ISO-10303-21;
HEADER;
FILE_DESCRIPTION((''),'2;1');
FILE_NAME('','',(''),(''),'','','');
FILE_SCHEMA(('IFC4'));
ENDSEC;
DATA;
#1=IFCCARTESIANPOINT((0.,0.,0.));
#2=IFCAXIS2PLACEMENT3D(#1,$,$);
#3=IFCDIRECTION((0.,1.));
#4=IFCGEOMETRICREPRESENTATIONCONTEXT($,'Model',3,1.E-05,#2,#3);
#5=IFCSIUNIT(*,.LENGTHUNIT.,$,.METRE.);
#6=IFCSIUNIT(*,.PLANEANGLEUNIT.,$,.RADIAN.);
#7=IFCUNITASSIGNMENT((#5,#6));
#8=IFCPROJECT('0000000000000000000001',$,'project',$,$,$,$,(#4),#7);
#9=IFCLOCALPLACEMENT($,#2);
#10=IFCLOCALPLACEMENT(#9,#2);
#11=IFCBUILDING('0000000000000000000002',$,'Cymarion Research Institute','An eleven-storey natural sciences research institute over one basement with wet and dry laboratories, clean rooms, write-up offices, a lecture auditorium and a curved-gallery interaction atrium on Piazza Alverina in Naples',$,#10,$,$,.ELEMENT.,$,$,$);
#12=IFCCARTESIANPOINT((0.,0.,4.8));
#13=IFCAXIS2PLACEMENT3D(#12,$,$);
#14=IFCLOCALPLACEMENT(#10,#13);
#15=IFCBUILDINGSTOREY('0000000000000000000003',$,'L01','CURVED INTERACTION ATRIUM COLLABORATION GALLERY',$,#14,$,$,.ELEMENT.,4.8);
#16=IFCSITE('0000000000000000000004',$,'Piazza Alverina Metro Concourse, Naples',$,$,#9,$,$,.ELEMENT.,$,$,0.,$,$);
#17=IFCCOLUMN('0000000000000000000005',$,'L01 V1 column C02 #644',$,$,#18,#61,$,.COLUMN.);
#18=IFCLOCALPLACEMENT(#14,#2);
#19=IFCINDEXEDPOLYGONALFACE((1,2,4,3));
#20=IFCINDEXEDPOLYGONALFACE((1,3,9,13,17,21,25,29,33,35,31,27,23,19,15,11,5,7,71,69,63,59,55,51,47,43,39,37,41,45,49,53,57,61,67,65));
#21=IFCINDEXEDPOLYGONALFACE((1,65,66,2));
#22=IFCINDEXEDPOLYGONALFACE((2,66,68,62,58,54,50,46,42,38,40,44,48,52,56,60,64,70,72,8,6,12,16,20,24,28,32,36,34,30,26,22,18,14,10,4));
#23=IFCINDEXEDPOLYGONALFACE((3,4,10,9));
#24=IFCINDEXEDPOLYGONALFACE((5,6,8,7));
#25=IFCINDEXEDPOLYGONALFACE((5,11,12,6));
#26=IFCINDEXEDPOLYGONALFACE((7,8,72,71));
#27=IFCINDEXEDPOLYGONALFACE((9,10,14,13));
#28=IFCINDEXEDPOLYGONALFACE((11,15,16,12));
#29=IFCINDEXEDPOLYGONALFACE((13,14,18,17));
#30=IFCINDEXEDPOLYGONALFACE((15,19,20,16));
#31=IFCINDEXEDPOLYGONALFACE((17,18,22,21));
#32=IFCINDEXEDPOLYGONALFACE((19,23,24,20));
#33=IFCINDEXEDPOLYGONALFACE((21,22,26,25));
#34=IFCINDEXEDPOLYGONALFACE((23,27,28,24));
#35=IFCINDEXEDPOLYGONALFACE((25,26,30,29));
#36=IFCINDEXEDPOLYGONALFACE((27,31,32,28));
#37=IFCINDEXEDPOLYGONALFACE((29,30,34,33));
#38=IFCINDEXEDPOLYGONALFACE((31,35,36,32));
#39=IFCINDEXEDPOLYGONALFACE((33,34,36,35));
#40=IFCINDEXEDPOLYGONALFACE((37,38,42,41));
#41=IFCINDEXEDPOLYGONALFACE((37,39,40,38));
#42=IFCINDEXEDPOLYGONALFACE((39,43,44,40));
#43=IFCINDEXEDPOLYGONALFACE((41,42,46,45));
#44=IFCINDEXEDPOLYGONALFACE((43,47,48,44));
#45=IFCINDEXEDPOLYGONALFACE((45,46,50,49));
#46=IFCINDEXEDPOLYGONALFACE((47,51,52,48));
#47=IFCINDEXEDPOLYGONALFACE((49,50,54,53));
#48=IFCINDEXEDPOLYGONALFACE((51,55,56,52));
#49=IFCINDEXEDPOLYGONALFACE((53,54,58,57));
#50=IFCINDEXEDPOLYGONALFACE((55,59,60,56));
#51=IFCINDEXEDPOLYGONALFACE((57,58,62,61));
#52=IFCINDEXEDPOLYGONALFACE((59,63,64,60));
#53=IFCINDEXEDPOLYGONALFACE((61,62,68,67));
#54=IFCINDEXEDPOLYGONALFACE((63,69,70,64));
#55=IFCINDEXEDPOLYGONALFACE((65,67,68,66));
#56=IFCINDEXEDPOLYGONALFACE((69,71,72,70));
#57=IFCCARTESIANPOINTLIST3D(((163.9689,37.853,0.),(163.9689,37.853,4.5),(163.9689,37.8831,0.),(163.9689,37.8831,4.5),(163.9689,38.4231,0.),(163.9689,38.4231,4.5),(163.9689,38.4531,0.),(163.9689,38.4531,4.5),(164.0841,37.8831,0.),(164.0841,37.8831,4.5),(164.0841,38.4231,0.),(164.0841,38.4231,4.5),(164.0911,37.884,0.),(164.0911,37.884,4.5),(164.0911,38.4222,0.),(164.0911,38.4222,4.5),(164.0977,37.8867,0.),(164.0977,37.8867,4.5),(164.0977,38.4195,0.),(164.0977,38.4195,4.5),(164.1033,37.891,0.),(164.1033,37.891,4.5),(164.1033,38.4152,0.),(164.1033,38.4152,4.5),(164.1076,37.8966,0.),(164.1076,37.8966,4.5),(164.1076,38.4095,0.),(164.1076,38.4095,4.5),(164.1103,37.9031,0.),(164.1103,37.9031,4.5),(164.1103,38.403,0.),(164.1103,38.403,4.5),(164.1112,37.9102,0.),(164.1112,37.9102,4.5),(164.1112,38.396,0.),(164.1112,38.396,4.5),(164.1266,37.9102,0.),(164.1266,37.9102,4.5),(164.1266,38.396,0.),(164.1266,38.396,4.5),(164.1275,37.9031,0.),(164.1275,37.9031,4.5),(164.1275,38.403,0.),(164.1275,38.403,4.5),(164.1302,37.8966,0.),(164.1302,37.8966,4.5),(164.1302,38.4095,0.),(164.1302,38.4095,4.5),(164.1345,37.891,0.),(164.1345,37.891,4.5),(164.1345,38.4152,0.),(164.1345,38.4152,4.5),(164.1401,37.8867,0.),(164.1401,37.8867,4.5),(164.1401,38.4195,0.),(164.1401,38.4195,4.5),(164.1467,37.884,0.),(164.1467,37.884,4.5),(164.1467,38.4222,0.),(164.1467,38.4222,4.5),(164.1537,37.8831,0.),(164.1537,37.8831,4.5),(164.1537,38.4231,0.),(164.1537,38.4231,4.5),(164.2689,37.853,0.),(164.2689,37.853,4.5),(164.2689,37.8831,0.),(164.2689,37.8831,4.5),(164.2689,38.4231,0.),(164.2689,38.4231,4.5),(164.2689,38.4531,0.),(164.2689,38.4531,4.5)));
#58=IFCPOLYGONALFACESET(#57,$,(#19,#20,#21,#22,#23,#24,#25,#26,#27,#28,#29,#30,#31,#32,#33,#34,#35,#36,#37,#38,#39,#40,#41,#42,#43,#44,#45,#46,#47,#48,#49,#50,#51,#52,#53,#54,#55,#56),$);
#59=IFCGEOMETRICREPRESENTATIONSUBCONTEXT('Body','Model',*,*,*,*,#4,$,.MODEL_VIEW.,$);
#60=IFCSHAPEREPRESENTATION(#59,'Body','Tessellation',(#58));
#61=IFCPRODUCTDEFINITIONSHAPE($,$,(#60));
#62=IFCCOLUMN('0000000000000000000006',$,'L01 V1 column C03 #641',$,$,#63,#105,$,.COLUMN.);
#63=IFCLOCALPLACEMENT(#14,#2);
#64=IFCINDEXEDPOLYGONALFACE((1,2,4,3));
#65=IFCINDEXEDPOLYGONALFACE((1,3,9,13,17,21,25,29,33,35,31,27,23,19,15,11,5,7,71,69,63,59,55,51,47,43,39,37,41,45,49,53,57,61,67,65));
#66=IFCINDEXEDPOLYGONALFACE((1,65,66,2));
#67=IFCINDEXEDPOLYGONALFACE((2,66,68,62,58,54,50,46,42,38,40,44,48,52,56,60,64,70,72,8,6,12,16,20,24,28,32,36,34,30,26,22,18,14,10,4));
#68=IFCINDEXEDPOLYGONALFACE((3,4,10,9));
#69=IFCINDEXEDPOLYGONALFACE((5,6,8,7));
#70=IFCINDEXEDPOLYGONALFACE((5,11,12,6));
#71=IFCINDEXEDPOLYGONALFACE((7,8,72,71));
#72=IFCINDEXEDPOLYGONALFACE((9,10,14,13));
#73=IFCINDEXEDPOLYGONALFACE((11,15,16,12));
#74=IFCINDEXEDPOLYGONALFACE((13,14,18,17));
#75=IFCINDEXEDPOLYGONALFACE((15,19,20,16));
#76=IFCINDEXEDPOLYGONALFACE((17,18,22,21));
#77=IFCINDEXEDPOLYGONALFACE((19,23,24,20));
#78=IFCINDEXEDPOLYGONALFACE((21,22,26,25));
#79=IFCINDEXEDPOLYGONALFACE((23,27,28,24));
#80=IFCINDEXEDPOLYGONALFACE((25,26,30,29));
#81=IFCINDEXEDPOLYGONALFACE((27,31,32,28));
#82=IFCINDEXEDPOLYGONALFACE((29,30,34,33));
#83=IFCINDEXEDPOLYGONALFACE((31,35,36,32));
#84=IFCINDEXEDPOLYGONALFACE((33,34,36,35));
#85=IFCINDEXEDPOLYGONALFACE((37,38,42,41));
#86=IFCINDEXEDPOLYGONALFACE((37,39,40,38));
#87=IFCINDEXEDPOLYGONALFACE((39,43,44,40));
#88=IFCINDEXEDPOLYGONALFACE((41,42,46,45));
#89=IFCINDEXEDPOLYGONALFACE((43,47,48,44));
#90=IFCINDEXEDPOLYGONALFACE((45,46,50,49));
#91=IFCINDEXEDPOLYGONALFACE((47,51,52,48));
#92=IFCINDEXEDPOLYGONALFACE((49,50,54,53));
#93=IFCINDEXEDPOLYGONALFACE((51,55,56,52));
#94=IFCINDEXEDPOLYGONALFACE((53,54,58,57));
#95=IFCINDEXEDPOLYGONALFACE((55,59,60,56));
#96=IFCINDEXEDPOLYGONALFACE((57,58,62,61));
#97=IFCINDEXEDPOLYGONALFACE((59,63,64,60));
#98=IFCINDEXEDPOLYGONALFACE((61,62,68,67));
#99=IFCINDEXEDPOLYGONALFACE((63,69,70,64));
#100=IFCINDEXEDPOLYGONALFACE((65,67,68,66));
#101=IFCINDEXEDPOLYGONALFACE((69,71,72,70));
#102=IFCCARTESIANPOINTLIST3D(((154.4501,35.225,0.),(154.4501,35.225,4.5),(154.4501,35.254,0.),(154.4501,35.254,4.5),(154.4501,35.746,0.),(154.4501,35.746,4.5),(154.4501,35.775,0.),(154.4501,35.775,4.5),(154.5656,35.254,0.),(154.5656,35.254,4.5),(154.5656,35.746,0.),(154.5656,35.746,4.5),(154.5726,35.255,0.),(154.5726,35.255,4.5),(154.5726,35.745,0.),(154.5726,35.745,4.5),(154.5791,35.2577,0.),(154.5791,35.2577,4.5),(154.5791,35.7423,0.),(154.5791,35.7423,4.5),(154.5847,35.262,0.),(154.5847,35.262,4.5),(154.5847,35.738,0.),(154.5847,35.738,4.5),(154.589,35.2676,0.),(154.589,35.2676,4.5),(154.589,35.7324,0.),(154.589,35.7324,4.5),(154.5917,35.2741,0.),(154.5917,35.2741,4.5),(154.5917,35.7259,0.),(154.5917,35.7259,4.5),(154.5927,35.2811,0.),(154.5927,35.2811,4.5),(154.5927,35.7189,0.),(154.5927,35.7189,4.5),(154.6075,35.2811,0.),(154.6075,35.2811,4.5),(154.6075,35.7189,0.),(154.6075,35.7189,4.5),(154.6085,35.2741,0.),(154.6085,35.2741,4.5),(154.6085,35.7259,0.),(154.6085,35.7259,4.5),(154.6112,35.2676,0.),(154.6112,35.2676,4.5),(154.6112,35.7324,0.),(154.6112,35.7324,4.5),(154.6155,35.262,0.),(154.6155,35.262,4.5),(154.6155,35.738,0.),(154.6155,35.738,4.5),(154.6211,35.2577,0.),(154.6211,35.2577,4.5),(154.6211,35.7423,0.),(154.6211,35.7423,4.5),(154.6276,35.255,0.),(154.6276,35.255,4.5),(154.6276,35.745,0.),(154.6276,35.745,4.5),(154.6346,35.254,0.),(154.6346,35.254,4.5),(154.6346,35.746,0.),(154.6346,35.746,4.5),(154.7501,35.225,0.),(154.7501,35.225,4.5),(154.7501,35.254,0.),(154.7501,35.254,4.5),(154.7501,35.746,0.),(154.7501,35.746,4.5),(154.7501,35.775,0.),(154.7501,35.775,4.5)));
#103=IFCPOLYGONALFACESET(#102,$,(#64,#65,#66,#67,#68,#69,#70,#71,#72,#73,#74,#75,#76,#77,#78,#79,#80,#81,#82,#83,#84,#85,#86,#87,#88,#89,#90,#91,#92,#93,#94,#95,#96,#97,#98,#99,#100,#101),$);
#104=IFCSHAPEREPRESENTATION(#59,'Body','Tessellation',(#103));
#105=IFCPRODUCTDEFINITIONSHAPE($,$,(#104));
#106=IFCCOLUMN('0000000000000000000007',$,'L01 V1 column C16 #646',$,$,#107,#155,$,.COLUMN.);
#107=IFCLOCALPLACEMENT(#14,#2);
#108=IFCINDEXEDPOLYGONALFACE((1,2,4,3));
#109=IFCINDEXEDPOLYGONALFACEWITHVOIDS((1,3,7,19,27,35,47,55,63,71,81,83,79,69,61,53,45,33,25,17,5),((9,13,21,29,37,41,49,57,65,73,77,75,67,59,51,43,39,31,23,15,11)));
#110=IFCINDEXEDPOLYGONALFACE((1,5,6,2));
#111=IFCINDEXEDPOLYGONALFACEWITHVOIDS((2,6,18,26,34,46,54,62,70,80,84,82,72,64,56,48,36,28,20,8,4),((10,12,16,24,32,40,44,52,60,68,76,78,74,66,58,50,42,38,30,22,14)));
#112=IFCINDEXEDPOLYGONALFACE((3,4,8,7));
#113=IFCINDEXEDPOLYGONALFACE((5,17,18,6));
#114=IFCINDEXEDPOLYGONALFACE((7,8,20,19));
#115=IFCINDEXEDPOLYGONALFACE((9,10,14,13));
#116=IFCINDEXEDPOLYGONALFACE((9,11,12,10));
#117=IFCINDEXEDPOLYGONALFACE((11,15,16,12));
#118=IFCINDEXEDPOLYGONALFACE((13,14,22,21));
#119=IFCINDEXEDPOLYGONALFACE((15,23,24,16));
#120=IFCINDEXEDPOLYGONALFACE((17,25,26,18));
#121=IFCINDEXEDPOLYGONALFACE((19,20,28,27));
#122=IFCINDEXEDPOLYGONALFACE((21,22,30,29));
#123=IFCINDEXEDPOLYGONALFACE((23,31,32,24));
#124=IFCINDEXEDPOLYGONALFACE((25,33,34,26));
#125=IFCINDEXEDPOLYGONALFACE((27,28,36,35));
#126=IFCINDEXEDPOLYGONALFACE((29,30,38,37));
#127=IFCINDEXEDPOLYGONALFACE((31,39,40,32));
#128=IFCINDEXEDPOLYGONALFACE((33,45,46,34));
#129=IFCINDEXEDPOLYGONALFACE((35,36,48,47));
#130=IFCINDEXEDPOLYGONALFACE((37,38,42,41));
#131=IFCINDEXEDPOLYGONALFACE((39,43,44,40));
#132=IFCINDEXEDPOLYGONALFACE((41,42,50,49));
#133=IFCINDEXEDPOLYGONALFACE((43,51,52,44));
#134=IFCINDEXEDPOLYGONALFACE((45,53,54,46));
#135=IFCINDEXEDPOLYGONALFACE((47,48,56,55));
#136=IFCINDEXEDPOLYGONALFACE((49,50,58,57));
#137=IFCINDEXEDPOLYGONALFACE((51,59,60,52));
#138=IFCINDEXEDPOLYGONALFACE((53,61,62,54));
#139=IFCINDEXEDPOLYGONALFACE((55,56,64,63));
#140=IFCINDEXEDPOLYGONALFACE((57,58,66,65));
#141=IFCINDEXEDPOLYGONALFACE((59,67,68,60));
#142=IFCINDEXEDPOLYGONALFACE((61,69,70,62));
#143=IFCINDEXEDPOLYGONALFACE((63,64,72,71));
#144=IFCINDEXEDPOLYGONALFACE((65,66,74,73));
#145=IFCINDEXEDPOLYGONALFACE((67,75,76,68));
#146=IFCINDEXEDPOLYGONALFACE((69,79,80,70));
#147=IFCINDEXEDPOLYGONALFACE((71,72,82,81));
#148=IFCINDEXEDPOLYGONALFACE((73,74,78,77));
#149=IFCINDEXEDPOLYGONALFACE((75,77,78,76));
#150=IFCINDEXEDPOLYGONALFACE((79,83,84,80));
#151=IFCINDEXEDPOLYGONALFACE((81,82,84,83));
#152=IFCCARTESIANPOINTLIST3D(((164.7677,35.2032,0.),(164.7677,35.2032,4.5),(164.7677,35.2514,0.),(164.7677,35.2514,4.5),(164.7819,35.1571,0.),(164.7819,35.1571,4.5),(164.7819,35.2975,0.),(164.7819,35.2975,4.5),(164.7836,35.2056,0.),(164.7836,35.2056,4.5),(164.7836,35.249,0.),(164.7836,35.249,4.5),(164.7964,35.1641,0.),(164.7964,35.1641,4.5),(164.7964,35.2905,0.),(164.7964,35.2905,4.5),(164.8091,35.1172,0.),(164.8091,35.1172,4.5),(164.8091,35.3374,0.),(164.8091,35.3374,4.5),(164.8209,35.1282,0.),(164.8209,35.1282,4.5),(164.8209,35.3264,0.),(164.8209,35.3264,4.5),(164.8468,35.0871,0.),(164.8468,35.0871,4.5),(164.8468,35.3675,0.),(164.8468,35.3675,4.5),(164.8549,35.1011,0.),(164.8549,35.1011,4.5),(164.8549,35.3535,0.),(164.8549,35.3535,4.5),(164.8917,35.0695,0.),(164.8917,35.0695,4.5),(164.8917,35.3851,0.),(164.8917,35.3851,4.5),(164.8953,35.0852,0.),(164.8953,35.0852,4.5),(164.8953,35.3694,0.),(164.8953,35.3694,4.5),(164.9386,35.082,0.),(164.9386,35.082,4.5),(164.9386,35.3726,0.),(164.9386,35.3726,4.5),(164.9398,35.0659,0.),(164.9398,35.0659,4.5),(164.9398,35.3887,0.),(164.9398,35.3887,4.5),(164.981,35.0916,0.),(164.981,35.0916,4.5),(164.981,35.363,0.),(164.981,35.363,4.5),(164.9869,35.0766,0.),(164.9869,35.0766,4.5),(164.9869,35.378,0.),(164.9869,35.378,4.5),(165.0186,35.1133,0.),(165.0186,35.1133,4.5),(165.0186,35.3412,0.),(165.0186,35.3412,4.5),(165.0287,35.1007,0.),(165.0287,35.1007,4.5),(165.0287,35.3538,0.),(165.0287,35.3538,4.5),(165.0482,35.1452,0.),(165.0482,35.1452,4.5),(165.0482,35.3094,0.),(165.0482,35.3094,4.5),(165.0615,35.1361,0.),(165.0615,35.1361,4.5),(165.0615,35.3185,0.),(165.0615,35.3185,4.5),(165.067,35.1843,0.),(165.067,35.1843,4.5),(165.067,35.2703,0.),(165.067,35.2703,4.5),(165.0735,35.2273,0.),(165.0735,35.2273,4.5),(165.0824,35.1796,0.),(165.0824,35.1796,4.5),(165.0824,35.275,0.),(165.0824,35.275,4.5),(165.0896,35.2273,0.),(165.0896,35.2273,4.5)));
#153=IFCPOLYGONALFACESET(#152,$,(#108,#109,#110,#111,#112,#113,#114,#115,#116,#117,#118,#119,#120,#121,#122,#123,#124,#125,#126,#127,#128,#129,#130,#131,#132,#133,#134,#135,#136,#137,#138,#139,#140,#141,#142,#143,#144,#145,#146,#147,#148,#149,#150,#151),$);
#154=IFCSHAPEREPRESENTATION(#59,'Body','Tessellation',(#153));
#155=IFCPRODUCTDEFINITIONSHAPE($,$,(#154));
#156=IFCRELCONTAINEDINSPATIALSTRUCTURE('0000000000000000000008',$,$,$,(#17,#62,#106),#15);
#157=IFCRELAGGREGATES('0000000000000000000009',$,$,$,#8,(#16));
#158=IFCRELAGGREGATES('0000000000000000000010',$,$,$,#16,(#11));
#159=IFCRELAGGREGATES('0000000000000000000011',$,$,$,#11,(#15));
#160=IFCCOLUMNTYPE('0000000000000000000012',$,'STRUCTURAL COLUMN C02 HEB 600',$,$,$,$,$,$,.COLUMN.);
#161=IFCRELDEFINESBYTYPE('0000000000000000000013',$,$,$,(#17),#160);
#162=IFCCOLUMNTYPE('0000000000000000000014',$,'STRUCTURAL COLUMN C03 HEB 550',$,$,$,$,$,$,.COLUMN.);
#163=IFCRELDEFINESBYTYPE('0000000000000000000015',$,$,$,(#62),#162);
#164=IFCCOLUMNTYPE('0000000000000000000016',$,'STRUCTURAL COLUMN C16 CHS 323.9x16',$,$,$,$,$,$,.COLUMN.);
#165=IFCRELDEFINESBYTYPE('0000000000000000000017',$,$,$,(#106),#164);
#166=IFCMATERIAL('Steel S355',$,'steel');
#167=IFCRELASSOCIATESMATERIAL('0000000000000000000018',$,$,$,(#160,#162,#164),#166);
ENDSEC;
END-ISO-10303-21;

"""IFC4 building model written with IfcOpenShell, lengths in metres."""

from ifc_helpers import new_model, si_unit, direction, frame, origin, origin_2d, place, context, subcontext, project, spatial, hollow_circle, i_section, extrude, material, material_profile, profile_set, type_object, element, save


model = new_model("IFC4")

# Units and contexts
model_context = context("Model", 3, precision=1e-05, world=origin(), true_north=direction((0.0, 1.0)))
body_context = subcontext(model_context, "Body", "Model", "MODEL_VIEW")
ifc_project = project(units=[si_unit("LENGTHUNIT", "METRE"), si_unit("PLANEANGLEUNIT", "RADIAN")], contexts=[model_context])

# Site, building, storey
site_placement = place(None, origin())
site = spatial("IfcSite", under=ifc_project, at=site_placement, Name="Piazza Alverina Metro Concourse, Naples", CompositionType="ELEMENT", RefElevation=0.0)
building_placement = place(site_placement, origin())
building = spatial("IfcBuilding", under=site, at=building_placement, Name="Cymarion Research Institute", Description="An eleven-storey natural sciences research institute over one basement with wet and dry laboratories, clean rooms, write-up offices, a lecture auditorium and a curved-gallery interaction atrium on Piazza Alverina in Naples", CompositionType="ELEMENT")
storey_placement = place(building_placement, frame((0.0, 0.0, 4.8)))
storey = spatial("IfcBuildingStorey", under=building, at=storey_placement, Name="L01", Description="CURVED INTERACTION ATRIUM COLLABORATION GALLERY", CompositionType="ELEMENT", Elevation=4.8)

# Columns
ifc_material_1 = material(Name="Steel S355", Category="steel")
ifc_material_profile_1 = material_profile(ifc_material_1, i_section(OverallWidth=0.3, OverallDepth=0.6001, WebThickness=0.0154, FlangeThickness=0.03, FilletRadius=0.0271, at=origin_2d()), Name="HEB 600")
ifc_profile_set_1 = profile_set([ifc_material_profile_1], Name="Steel S355")
column_type_1 = type_object("IfcColumnType", Name="STRUCTURAL COLUMN C02 HEB 600", PredefinedType="COLUMN", material=ifc_profile_set_1)
column_1_placement = place(storey_placement, frame((164.1189, 38.1531, 0.0), z_axis=(0.0, 0.0, 1.0), x_axis=(1.0, 0.0, 0.0)))
element("IfcColumn", 1, at=column_1_placement, inside=storey, type_object=column_type_1, Name="L01 V1 column C02 #644", PredefinedType="COLUMN", context=body_context, shape_type="SweptSolid", body=[
    extrude(i_section(OverallWidth=0.3, OverallDepth=0.6001, WebThickness=0.0154, FlangeThickness=0.03, FilletRadius=0.0271, at=origin_2d()), origin(), (0.0, 0.0, 1.0), 4.5),
])
ifc_material_profile_2 = material_profile(ifc_material_1, i_section(OverallWidth=0.3, OverallDepth=0.55, WebThickness=0.0149, FlangeThickness=0.0291, FilletRadius=0.0271, at=origin_2d()), Name="HEB 550")
ifc_profile_set_2 = profile_set([ifc_material_profile_2], Name="Steel S355")
column_type_2 = type_object("IfcColumnType", Name="STRUCTURAL COLUMN C03 HEB 550", PredefinedType="COLUMN", material=ifc_profile_set_2)
column_2_placement = place(storey_placement, frame((154.6001, 35.5, 0.0), z_axis=(0.0, 0.0, 1.0), x_axis=(1.0, 0.0, 0.0)))
element("IfcColumn", 2, at=column_2_placement, inside=storey, type_object=column_type_2, Name="L01 V1 column C03 #641", PredefinedType="COLUMN", context=body_context, shape_type="SweptSolid", body=[
    extrude(i_section(OverallWidth=0.3, OverallDepth=0.55, WebThickness=0.0149, FlangeThickness=0.0291, FilletRadius=0.0271, at=origin_2d()), origin(), (0.0, 0.0, 1.0), 4.5),
])
ifc_material_profile_3 = material_profile(ifc_material_1, hollow_circle(Radius=0.1619, WallThickness=0.0161, at=origin_2d()), Name="CHS 323.9x16")
ifc_profile_set_3 = profile_set([ifc_material_profile_3], Name="Steel S355")
column_type_3 = type_object("IfcColumnType", Name="STRUCTURAL COLUMN C16 CHS 323.9x16", PredefinedType="COLUMN", material=ifc_profile_set_3)
column_3_placement = place(storey_placement, frame((164.9277, 35.2273, 0.0), z_axis=(0.0, 0.0, 1.0), x_axis=(1.0, 0.0, 0.0)))
element("IfcColumn", 3, at=column_3_placement, inside=storey, type_object=column_type_3, Name="L01 V1 column C16 #646", PredefinedType="COLUMN", context=body_context, shape_type="SweptSolid", body=[
    extrude(hollow_circle(Radius=0.1619, WallThickness=0.0161, at=origin_2d()), origin(), (0.0, 0.0, 1.0), 4.5),
])

save(model, "model.ifc")
